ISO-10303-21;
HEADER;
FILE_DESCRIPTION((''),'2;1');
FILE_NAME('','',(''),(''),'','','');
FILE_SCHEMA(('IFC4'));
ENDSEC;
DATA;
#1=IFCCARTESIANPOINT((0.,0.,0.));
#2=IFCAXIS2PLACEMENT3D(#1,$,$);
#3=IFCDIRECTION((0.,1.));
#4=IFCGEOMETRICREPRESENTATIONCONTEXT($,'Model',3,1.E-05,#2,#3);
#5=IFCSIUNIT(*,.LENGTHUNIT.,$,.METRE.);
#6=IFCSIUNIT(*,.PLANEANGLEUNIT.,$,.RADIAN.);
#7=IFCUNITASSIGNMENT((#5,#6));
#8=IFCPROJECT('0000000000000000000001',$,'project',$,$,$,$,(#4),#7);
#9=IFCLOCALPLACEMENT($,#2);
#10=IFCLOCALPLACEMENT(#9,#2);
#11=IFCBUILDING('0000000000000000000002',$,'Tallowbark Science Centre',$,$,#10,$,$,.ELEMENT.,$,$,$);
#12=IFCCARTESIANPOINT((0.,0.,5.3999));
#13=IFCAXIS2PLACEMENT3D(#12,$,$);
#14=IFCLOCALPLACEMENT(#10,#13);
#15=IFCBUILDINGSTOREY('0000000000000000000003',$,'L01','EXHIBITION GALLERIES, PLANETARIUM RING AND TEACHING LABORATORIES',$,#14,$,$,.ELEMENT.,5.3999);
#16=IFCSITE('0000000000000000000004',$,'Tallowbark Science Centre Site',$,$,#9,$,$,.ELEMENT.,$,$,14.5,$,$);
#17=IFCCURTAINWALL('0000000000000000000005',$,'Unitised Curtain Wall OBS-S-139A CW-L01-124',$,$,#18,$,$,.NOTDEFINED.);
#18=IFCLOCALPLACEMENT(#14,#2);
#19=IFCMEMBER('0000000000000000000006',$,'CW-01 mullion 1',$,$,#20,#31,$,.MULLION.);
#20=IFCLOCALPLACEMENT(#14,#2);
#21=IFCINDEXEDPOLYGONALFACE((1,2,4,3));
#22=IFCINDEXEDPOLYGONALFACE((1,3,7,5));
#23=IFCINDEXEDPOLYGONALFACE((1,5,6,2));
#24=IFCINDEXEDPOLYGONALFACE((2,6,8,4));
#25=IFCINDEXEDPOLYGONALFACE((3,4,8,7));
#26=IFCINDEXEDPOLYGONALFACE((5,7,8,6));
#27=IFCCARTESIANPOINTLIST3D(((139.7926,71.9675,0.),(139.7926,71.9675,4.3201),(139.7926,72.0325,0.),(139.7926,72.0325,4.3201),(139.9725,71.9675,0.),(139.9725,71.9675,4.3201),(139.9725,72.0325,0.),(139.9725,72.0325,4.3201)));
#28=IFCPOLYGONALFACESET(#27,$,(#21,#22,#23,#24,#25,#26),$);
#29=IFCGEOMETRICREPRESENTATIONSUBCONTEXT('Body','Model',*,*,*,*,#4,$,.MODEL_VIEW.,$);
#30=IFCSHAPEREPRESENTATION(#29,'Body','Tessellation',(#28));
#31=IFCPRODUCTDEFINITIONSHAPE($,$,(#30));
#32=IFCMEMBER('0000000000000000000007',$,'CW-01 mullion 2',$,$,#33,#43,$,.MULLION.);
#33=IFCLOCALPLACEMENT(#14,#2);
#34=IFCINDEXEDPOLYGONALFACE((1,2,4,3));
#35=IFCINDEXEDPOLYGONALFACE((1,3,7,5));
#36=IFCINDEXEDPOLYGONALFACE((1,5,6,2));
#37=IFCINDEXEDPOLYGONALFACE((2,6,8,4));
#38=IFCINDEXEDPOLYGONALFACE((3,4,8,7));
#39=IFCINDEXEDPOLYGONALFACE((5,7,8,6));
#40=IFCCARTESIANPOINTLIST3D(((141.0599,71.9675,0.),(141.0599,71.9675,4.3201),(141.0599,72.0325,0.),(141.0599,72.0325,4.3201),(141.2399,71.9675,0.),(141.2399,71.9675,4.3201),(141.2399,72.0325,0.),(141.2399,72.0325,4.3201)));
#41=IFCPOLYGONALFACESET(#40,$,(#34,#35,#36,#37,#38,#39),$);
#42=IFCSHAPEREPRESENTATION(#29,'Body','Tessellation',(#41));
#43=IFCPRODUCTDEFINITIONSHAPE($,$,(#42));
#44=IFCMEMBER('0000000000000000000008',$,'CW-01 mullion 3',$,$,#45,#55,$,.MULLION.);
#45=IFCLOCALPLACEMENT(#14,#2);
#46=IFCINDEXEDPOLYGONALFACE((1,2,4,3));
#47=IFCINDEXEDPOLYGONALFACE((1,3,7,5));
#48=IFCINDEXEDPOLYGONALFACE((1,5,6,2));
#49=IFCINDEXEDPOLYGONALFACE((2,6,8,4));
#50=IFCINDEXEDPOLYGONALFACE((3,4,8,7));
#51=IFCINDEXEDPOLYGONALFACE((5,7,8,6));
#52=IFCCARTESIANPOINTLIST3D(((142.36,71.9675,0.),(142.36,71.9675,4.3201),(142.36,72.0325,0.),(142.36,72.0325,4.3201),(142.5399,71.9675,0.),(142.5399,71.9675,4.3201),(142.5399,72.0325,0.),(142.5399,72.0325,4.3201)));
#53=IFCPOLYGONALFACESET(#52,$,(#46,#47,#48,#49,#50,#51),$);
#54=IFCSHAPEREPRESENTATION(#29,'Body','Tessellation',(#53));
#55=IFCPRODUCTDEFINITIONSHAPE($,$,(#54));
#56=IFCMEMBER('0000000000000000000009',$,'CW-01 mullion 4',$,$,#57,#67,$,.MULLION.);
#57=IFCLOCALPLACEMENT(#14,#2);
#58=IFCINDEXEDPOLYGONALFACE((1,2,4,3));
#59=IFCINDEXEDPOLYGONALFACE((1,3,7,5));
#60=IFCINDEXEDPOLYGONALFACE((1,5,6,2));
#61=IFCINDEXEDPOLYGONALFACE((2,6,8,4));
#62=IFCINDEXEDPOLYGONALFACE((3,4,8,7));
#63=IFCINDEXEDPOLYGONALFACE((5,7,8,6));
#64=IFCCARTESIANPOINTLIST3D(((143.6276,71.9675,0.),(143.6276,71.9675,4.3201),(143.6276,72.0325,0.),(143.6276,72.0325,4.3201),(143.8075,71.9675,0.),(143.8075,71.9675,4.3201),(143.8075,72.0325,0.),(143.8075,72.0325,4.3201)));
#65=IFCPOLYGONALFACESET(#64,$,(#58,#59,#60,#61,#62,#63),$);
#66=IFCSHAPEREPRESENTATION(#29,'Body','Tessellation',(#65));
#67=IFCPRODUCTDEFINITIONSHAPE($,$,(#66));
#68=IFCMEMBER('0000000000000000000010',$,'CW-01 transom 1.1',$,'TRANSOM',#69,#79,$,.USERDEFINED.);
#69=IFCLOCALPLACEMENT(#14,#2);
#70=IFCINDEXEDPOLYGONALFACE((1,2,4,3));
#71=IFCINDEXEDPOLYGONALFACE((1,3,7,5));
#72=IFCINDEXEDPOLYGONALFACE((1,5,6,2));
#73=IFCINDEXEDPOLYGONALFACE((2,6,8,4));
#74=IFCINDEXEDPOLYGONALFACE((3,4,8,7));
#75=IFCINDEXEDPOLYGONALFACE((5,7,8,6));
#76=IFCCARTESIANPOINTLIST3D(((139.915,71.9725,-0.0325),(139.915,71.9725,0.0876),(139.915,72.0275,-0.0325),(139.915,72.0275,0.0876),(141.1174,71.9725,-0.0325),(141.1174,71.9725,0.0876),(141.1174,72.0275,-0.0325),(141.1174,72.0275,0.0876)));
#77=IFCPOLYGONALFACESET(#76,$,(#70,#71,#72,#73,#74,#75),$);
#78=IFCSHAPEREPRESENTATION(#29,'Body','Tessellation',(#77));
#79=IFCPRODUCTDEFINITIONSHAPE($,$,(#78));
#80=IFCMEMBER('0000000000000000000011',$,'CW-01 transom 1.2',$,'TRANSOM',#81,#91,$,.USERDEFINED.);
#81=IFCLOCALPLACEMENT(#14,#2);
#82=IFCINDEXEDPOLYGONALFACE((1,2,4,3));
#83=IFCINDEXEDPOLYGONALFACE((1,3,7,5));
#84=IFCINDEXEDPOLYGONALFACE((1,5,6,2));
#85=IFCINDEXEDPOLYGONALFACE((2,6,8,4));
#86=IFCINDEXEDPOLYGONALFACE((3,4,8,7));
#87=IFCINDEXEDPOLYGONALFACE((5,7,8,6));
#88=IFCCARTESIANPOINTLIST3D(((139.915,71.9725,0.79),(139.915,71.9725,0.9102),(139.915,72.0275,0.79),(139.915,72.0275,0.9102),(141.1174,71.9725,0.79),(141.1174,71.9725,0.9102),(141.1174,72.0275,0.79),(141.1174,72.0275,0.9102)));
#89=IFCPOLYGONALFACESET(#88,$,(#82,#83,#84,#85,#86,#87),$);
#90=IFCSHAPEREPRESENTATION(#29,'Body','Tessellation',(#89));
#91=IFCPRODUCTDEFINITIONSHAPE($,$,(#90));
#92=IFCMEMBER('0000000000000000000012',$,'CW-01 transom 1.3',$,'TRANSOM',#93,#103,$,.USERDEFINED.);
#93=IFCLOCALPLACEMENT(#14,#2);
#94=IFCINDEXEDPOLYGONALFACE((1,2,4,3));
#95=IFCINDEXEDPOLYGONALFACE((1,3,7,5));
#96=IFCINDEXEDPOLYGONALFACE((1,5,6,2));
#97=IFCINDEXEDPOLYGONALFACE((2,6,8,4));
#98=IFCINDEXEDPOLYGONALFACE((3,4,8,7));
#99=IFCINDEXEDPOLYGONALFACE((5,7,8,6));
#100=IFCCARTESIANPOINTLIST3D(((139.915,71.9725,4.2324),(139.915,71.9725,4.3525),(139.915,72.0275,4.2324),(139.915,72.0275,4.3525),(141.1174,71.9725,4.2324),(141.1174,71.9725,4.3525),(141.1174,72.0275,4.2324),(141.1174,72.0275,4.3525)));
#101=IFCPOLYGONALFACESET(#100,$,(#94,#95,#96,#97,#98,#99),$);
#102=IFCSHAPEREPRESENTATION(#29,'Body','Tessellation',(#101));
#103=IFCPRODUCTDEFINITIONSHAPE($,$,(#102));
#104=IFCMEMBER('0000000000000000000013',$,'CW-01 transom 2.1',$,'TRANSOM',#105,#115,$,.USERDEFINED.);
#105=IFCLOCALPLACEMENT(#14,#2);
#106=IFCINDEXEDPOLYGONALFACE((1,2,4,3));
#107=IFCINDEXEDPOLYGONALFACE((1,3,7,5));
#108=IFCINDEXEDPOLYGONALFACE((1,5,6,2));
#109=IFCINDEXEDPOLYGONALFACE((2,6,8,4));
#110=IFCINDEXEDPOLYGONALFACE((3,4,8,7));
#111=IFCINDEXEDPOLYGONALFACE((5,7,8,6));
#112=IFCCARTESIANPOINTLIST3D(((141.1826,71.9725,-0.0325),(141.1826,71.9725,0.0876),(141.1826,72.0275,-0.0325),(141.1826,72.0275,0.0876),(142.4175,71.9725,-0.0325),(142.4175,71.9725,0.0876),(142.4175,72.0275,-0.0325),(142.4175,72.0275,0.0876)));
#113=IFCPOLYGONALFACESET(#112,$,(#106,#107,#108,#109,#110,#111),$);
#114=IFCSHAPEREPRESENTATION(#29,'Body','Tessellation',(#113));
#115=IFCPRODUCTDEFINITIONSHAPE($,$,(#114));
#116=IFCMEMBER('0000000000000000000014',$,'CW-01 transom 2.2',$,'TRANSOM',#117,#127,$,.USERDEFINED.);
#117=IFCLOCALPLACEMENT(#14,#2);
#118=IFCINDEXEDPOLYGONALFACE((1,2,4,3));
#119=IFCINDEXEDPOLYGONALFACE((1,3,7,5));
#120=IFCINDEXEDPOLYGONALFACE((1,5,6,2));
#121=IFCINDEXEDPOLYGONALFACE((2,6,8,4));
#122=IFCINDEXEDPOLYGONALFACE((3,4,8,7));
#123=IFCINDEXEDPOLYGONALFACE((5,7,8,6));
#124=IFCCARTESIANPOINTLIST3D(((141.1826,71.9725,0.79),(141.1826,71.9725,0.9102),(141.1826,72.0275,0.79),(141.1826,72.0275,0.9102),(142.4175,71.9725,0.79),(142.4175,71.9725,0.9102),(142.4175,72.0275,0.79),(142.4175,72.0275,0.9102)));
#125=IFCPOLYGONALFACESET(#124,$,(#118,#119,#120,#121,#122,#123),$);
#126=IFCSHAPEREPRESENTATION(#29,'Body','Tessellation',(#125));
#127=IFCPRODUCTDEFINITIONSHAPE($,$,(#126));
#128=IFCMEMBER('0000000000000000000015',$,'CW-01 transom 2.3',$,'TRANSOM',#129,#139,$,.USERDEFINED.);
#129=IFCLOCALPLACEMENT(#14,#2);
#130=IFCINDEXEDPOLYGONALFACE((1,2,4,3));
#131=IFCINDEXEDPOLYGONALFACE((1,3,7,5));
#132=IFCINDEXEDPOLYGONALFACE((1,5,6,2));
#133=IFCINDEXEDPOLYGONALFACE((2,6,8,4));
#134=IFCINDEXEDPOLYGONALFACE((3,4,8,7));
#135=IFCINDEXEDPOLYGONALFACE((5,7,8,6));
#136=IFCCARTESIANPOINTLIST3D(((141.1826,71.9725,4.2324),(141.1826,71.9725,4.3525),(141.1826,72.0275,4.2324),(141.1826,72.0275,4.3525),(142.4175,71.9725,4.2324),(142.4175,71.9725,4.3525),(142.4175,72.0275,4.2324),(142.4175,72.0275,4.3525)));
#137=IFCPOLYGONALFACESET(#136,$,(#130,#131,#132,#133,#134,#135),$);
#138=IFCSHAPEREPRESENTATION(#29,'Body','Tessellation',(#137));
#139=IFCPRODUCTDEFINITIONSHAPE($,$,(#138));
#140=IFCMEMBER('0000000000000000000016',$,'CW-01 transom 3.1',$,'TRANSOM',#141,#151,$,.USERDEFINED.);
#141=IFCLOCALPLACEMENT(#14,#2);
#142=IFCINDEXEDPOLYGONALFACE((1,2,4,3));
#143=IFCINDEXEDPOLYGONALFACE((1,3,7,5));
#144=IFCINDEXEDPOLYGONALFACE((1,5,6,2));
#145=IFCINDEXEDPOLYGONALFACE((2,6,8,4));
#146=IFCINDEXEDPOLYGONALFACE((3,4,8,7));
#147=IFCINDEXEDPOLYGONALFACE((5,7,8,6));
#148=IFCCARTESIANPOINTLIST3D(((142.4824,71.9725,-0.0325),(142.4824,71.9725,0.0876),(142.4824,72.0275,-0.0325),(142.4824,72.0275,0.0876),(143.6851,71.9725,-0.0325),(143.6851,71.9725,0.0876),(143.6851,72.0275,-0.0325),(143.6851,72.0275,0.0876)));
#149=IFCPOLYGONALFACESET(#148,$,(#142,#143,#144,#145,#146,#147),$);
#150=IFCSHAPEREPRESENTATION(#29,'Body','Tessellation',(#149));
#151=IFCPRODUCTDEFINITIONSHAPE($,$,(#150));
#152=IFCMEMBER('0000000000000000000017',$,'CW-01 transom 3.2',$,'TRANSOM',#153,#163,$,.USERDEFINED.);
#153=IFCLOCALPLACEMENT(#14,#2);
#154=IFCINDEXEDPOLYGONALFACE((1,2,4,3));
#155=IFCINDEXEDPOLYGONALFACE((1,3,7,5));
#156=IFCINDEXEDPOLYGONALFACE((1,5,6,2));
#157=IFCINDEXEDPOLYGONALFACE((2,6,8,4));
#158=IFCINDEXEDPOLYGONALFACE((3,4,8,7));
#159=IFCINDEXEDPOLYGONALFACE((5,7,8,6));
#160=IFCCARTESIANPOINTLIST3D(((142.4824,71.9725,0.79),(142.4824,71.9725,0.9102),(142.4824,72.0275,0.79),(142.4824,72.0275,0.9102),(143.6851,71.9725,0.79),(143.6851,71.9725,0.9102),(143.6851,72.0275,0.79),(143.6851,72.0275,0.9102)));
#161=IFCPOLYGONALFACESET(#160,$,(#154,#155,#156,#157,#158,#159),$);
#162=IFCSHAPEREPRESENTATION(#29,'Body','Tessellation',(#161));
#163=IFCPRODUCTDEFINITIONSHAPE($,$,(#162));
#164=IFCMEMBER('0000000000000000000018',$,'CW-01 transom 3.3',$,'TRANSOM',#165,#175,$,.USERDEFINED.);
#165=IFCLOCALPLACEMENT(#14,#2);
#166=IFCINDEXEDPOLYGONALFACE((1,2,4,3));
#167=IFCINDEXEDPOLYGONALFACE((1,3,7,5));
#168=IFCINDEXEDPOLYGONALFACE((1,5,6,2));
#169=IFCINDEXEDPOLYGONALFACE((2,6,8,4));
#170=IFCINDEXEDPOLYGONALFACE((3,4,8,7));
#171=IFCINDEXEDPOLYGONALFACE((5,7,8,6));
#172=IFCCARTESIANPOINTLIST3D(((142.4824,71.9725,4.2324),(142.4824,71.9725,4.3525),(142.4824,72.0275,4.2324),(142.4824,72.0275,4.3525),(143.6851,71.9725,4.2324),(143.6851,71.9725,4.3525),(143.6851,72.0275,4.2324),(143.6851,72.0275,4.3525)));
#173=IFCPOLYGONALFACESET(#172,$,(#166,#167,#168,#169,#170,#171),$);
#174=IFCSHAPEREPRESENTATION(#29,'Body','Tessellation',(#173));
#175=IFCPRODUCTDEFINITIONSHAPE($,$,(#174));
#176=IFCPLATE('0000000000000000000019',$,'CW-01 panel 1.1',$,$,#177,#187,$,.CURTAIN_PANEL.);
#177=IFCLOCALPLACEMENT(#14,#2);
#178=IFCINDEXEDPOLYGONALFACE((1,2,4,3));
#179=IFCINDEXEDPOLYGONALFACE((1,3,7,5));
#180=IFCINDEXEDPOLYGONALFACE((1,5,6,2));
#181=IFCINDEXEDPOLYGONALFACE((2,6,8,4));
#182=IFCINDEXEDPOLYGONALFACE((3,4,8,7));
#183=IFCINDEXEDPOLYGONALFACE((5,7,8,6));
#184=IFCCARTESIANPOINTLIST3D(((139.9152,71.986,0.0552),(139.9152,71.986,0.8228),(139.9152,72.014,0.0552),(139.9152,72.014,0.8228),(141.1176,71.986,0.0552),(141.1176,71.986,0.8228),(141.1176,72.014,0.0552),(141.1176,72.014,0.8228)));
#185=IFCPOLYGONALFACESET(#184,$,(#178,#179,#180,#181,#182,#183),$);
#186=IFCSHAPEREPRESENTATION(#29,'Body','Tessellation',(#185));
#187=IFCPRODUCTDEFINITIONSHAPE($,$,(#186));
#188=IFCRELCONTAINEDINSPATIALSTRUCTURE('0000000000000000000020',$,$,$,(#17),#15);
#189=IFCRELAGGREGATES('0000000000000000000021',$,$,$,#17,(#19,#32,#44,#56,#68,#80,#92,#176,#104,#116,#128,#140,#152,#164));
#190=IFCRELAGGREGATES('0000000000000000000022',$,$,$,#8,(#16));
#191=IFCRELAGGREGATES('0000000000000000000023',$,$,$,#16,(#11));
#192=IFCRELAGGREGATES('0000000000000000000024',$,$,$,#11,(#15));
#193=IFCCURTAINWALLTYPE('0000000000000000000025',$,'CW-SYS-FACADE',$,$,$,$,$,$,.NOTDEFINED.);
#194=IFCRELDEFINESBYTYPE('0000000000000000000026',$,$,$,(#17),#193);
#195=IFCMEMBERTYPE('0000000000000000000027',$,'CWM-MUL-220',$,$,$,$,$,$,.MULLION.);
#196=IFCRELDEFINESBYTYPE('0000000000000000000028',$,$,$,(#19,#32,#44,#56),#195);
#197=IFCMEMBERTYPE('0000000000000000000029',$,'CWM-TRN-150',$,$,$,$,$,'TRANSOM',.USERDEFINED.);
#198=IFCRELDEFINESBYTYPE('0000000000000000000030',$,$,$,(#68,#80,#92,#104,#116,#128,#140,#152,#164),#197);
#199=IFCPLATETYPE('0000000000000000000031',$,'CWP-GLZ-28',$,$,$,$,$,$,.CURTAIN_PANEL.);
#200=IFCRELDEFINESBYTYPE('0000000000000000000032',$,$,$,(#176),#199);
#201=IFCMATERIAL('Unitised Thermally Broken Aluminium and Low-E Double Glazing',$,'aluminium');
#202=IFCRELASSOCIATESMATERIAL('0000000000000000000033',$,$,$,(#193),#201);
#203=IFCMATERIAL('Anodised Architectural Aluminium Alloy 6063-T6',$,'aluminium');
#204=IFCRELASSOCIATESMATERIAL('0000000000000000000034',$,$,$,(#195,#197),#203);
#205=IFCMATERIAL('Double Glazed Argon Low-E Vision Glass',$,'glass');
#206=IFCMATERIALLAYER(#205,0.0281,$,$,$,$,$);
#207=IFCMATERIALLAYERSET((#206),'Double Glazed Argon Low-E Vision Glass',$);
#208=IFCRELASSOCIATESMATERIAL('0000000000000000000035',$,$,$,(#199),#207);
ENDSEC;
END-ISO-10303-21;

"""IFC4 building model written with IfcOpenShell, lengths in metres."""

from ifc_helpers import new_model, si_unit, direction, frame, origin, origin_2d, place, context, subcontext, project, spatial, rectangle, extrude, material, layer, layer_set, material_profile, profile_set, type_object, element, aggregate, save


model = new_model("IFC4")

# Units and contexts
model_context = context("Model", 3, precision=1e-05, world=origin(), true_north=direction((0.0, 1.0)))
body_context = subcontext(model_context, "Body", "Model", "MODEL_VIEW")
ifc_project = project(units=[si_unit("LENGTHUNIT", "METRE"), si_unit("PLANEANGLEUNIT", "RADIAN")], contexts=[model_context])

# Site, building, storey
site_placement = place(None, origin())
site = spatial("IfcSite", under=ifc_project, at=site_placement, Name="Tallowbark Science Centre Site", CompositionType="ELEMENT", RefElevation=14.5)
building_placement = place(site_placement, origin())
building = spatial("IfcBuilding", under=site, at=building_placement, Name="Tallowbark Science Centre", CompositionType="ELEMENT")
storey_placement = place(building_placement, frame((0.0, 0.0, 5.3999)))
storey = spatial("IfcBuildingStorey", under=building, at=storey_placement, Name="L01", Description="EXHIBITION GALLERIES, PLANETARIUM RING AND TEACHING LABORATORIES", CompositionType="ELEMENT", Elevation=5.3999)

# Curtain wall, members, plate
ifc_material_1 = material(Name="Unitised Thermally Broken Aluminium and Low-E Double Glazing", Category="aluminium")
curtain_wall_type = type_object("IfcCurtainWallType", Name="CW-SYS-FACADE", PredefinedType="NOTDEFINED", material=ifc_material_1)
curtain_wall_placement = place(storey_placement, origin())
curtain_wall = element("IfcCurtainWall", 1, at=curtain_wall_placement, inside=storey, type_object=curtain_wall_type, Name="Unitised Curtain Wall OBS-S-139A CW-L01-124", PredefinedType="NOTDEFINED")
ifc_material_2 = material(Name="Anodised Architectural Aluminium Alloy 6063-T6", Category="aluminium")
ifc_material_profile_1 = material_profile(ifc_material_2, rectangle(XDim=0.0649, YDim=0.1799, at=origin_2d()), Name="ALU65x180")
ifc_profile_set_1 = profile_set([ifc_material_profile_1], Name="Anodised Architectural Aluminium Alloy 6063-T6")
member_type_1 = type_object("IfcMemberType", Name="CWM-MUL-220", PredefinedType="MULLION", material=ifc_profile_set_1)
member_1_placement = place(storey_placement, frame((139.8826, 72.0, 0.0), z_axis=(0.0, 0.0, 1.0), x_axis=(0.0, 1.0, 0.0)))
member_1 = element("IfcMember", 2, at=member_1_placement, type_object=member_type_1, Name="CW-01 mullion 1", PredefinedType="MULLION", context=body_context, shape_type="SweptSolid", body=[
    extrude(rectangle(XDim=0.0649, YDim=0.1799, at=origin_2d()), origin(), (0.0, 0.0, 1.0), 4.3201),
])
member_2_placement = place(storey_placement, frame((141.1499, 72.0, 0.0), z_axis=(0.0, 0.0, 1.0), x_axis=(0.0, 1.0, 0.0)))
member_2 = element("IfcMember", 3, at=member_2_placement, type_object=member_type_1, Name="CW-01 mullion 2", PredefinedType="MULLION", context=body_context, shape_type="SweptSolid", body=[
    extrude(rectangle(XDim=0.0649, YDim=0.1799, at=origin_2d()), origin(), (0.0, 0.0, 1.0), 4.3201),
])
member_3_placement = place(storey_placement, frame((142.45, 72.0, 0.0), z_axis=(0.0, 0.0, 1.0), x_axis=(0.0, 1.0, 0.0)))
member_3 = element("IfcMember", 4, at=member_3_placement, type_object=member_type_1, Name="CW-01 mullion 3", PredefinedType="MULLION", context=body_context, shape_type="SweptSolid", body=[
    extrude(rectangle(XDim=0.0649, YDim=0.1799, at=origin_2d()), origin(), (0.0, 0.0, 1.0), 4.3201),
])
member_4_placement = place(storey_placement, frame((143.7175, 72.0, 0.0), z_axis=(0.0, 0.0, 1.0), x_axis=(0.0, 1.0, 0.0)))
member_4 = element("IfcMember", 5, at=member_4_placement, type_object=member_type_1, Name="CW-01 mullion 4", PredefinedType="MULLION", context=body_context, shape_type="SweptSolid", body=[
    extrude(rectangle(XDim=0.0649, YDim=0.1799, at=origin_2d()), origin(), (0.0, 0.0, 1.0), 4.3201),
])
ifc_material_profile_2 = material_profile(ifc_material_2, rectangle(XDim=0.0549, YDim=0.1201, at=origin_2d()), Name="ALU55x120")
ifc_profile_set_2 = profile_set([ifc_material_profile_2], Name="Anodised Architectural Aluminium Alloy 6063-T6")
member_type_2 = type_object("IfcMemberType", Name="CWM-TRN-150", ElementType="TRANSOM", PredefinedType="USERDEFINED", material=ifc_profile_set_2)
member_5_placement = place(storey_placement, frame((139.915, 72.0, 0.0276), z_axis=(1.0, 0.0, 0.0), x_axis=(0.0, 1.0, 0.0)))
member_5 = element("IfcMember", 6, at=member_5_placement, type_object=member_type_2, Name="CW-01 transom 1.1", ObjectType="TRANSOM", PredefinedType="USERDEFINED", context=body_context, shape_type="SweptSolid", body=[
    extrude(rectangle(XDim=0.0549, YDim=0.1201, at=origin_2d()), origin(), (0.0, 0.0, 1.0), 1.2024),
])
member_6_placement = place(storey_placement, frame((139.915, 72.0, 0.8501), z_axis=(1.0, 0.0, 0.0), x_axis=(0.0, 1.0, 0.0)))
member_6 = element("IfcMember", 7, at=member_6_placement, type_object=member_type_2, Name="CW-01 transom 1.2", ObjectType="TRANSOM", PredefinedType="USERDEFINED", context=body_context, shape_type="SweptSolid", body=[
    extrude(rectangle(XDim=0.0549, YDim=0.1201, at=origin_2d()), origin(), (0.0, 0.0, 1.0), 1.2024),
])
member_7_placement = place(storey_placement, frame((139.915, 72.0, 4.2925), z_axis=(1.0, 0.0, 0.0), x_axis=(0.0, 1.0, 0.0)))
member_7 = element("IfcMember", 8, at=member_7_placement, type_object=member_type_2, Name="CW-01 transom 1.3", ObjectType="TRANSOM", PredefinedType="USERDEFINED", context=body_context, shape_type="SweptSolid", body=[
    extrude(rectangle(XDim=0.0549, YDim=0.1201, at=origin_2d()), origin(), (0.0, 0.0, 1.0), 1.2024),
])
member_8_placement = place(storey_placement, frame((141.1826, 72.0, 0.0276), z_axis=(1.0, 0.0, 0.0), x_axis=(0.0, 1.0, 0.0)))
member_8 = element("IfcMember", 9, at=member_8_placement, type_object=member_type_2, Name="CW-01 transom 2.1", ObjectType="TRANSOM", PredefinedType="USERDEFINED", context=body_context, shape_type="SweptSolid", body=[
    extrude(rectangle(XDim=0.0549, YDim=0.1201, at=origin_2d()), origin(), (0.0, 0.0, 1.0), 1.2349),
])
member_9_placement = place(storey_placement, frame((141.1826, 72.0, 0.8501), z_axis=(1.0, 0.0, 0.0), x_axis=(0.0, 1.0, 0.0)))
member_9 = element("IfcMember", 10, at=member_9_placement, type_object=member_type_2, Name="CW-01 transom 2.2", ObjectType="TRANSOM", PredefinedType="USERDEFINED", context=body_context, shape_type="SweptSolid", body=[
    extrude(rectangle(XDim=0.0549, YDim=0.1201, at=origin_2d()), origin(), (0.0, 0.0, 1.0), 1.2349),
])
member_10_placement = place(storey_placement, frame((141.1826, 72.0, 4.2925), z_axis=(1.0, 0.0, 0.0), x_axis=(0.0, 1.0, 0.0)))
member_10 = element("IfcMember", 11, at=member_10_placement, type_object=member_type_2, Name="CW-01 transom 2.3", ObjectType="TRANSOM", PredefinedType="USERDEFINED", context=body_context, shape_type="SweptSolid", body=[
    extrude(rectangle(XDim=0.0549, YDim=0.1201, at=origin_2d()), origin(), (0.0, 0.0, 1.0), 1.2349),
])
member_11_placement = place(storey_placement, frame((142.4824, 72.0, 0.0276), z_axis=(1.0, 0.0, 0.0), x_axis=(0.0, 1.0, 0.0)))
member_11 = element("IfcMember", 12, at=member_11_placement, type_object=member_type_2, Name="CW-01 transom 3.1", ObjectType="TRANSOM", PredefinedType="USERDEFINED", context=body_context, shape_type="SweptSolid", body=[
    extrude(rectangle(XDim=0.0549, YDim=0.1201, at=origin_2d()), origin(), (0.0, 0.0, 1.0), 1.2026),
])
member_12_placement = place(storey_placement, frame((142.4824, 72.0, 0.8501), z_axis=(1.0, 0.0, 0.0), x_axis=(0.0, 1.0, 0.0)))
member_12 = element("IfcMember", 13, at=member_12_placement, type_object=member_type_2, Name="CW-01 transom 3.2", ObjectType="TRANSOM", PredefinedType="USERDEFINED", context=body_context, shape_type="SweptSolid", body=[
    extrude(rectangle(XDim=0.0549, YDim=0.1201, at=origin_2d()), origin(), (0.0, 0.0, 1.0), 1.2026),
])
member_13_placement = place(storey_placement, frame((142.4824, 72.0, 4.2925), z_axis=(1.0, 0.0, 0.0), x_axis=(0.0, 1.0, 0.0)))
member_13 = element("IfcMember", 14, at=member_13_placement, type_object=member_type_2, Name="CW-01 transom 3.3", ObjectType="TRANSOM", PredefinedType="USERDEFINED", context=body_context, shape_type="SweptSolid", body=[
    extrude(rectangle(XDim=0.0549, YDim=0.1201, at=origin_2d()), origin(), (0.0, 0.0, 1.0), 1.2026),
])
ifc_material_3 = material(Name="Double Glazed Argon Low-E Vision Glass", Category="glass")
ifc_layer_1 = layer(ifc_material_3, 0.0281)
ifc_layer_set_1 = layer_set([ifc_layer_1], Name="Double Glazed Argon Low-E Vision Glass")
plate_type = type_object("IfcPlateType", Name="CWP-GLZ-28", PredefinedType="CURTAIN_PANEL", material=ifc_layer_set_1)
plate_1_placement = place(storey_placement, frame((140.5164, 72.0, 0.0552), z_axis=(0.0, 0.0, 1.0), x_axis=(1.0, 0.0, 0.0)))
plate_1 = element("IfcPlate", 15, at=plate_1_placement, type_object=plate_type, Name="CW-01 panel 1.1", PredefinedType="CURTAIN_PANEL", context=body_context, shape_type="SweptSolid", body=[
    extrude(rectangle(XDim=1.2024, YDim=0.0281, at=origin_2d()), origin(), (0.0, 0.0, 1.0), 0.7676),
])
aggregate(curtain_wall, [member_1, member_2, member_3, member_4, member_5, member_6, member_7, plate_1, member_8, member_9, member_10, member_11, member_12, member_13])

save(model, "model.ifc")
